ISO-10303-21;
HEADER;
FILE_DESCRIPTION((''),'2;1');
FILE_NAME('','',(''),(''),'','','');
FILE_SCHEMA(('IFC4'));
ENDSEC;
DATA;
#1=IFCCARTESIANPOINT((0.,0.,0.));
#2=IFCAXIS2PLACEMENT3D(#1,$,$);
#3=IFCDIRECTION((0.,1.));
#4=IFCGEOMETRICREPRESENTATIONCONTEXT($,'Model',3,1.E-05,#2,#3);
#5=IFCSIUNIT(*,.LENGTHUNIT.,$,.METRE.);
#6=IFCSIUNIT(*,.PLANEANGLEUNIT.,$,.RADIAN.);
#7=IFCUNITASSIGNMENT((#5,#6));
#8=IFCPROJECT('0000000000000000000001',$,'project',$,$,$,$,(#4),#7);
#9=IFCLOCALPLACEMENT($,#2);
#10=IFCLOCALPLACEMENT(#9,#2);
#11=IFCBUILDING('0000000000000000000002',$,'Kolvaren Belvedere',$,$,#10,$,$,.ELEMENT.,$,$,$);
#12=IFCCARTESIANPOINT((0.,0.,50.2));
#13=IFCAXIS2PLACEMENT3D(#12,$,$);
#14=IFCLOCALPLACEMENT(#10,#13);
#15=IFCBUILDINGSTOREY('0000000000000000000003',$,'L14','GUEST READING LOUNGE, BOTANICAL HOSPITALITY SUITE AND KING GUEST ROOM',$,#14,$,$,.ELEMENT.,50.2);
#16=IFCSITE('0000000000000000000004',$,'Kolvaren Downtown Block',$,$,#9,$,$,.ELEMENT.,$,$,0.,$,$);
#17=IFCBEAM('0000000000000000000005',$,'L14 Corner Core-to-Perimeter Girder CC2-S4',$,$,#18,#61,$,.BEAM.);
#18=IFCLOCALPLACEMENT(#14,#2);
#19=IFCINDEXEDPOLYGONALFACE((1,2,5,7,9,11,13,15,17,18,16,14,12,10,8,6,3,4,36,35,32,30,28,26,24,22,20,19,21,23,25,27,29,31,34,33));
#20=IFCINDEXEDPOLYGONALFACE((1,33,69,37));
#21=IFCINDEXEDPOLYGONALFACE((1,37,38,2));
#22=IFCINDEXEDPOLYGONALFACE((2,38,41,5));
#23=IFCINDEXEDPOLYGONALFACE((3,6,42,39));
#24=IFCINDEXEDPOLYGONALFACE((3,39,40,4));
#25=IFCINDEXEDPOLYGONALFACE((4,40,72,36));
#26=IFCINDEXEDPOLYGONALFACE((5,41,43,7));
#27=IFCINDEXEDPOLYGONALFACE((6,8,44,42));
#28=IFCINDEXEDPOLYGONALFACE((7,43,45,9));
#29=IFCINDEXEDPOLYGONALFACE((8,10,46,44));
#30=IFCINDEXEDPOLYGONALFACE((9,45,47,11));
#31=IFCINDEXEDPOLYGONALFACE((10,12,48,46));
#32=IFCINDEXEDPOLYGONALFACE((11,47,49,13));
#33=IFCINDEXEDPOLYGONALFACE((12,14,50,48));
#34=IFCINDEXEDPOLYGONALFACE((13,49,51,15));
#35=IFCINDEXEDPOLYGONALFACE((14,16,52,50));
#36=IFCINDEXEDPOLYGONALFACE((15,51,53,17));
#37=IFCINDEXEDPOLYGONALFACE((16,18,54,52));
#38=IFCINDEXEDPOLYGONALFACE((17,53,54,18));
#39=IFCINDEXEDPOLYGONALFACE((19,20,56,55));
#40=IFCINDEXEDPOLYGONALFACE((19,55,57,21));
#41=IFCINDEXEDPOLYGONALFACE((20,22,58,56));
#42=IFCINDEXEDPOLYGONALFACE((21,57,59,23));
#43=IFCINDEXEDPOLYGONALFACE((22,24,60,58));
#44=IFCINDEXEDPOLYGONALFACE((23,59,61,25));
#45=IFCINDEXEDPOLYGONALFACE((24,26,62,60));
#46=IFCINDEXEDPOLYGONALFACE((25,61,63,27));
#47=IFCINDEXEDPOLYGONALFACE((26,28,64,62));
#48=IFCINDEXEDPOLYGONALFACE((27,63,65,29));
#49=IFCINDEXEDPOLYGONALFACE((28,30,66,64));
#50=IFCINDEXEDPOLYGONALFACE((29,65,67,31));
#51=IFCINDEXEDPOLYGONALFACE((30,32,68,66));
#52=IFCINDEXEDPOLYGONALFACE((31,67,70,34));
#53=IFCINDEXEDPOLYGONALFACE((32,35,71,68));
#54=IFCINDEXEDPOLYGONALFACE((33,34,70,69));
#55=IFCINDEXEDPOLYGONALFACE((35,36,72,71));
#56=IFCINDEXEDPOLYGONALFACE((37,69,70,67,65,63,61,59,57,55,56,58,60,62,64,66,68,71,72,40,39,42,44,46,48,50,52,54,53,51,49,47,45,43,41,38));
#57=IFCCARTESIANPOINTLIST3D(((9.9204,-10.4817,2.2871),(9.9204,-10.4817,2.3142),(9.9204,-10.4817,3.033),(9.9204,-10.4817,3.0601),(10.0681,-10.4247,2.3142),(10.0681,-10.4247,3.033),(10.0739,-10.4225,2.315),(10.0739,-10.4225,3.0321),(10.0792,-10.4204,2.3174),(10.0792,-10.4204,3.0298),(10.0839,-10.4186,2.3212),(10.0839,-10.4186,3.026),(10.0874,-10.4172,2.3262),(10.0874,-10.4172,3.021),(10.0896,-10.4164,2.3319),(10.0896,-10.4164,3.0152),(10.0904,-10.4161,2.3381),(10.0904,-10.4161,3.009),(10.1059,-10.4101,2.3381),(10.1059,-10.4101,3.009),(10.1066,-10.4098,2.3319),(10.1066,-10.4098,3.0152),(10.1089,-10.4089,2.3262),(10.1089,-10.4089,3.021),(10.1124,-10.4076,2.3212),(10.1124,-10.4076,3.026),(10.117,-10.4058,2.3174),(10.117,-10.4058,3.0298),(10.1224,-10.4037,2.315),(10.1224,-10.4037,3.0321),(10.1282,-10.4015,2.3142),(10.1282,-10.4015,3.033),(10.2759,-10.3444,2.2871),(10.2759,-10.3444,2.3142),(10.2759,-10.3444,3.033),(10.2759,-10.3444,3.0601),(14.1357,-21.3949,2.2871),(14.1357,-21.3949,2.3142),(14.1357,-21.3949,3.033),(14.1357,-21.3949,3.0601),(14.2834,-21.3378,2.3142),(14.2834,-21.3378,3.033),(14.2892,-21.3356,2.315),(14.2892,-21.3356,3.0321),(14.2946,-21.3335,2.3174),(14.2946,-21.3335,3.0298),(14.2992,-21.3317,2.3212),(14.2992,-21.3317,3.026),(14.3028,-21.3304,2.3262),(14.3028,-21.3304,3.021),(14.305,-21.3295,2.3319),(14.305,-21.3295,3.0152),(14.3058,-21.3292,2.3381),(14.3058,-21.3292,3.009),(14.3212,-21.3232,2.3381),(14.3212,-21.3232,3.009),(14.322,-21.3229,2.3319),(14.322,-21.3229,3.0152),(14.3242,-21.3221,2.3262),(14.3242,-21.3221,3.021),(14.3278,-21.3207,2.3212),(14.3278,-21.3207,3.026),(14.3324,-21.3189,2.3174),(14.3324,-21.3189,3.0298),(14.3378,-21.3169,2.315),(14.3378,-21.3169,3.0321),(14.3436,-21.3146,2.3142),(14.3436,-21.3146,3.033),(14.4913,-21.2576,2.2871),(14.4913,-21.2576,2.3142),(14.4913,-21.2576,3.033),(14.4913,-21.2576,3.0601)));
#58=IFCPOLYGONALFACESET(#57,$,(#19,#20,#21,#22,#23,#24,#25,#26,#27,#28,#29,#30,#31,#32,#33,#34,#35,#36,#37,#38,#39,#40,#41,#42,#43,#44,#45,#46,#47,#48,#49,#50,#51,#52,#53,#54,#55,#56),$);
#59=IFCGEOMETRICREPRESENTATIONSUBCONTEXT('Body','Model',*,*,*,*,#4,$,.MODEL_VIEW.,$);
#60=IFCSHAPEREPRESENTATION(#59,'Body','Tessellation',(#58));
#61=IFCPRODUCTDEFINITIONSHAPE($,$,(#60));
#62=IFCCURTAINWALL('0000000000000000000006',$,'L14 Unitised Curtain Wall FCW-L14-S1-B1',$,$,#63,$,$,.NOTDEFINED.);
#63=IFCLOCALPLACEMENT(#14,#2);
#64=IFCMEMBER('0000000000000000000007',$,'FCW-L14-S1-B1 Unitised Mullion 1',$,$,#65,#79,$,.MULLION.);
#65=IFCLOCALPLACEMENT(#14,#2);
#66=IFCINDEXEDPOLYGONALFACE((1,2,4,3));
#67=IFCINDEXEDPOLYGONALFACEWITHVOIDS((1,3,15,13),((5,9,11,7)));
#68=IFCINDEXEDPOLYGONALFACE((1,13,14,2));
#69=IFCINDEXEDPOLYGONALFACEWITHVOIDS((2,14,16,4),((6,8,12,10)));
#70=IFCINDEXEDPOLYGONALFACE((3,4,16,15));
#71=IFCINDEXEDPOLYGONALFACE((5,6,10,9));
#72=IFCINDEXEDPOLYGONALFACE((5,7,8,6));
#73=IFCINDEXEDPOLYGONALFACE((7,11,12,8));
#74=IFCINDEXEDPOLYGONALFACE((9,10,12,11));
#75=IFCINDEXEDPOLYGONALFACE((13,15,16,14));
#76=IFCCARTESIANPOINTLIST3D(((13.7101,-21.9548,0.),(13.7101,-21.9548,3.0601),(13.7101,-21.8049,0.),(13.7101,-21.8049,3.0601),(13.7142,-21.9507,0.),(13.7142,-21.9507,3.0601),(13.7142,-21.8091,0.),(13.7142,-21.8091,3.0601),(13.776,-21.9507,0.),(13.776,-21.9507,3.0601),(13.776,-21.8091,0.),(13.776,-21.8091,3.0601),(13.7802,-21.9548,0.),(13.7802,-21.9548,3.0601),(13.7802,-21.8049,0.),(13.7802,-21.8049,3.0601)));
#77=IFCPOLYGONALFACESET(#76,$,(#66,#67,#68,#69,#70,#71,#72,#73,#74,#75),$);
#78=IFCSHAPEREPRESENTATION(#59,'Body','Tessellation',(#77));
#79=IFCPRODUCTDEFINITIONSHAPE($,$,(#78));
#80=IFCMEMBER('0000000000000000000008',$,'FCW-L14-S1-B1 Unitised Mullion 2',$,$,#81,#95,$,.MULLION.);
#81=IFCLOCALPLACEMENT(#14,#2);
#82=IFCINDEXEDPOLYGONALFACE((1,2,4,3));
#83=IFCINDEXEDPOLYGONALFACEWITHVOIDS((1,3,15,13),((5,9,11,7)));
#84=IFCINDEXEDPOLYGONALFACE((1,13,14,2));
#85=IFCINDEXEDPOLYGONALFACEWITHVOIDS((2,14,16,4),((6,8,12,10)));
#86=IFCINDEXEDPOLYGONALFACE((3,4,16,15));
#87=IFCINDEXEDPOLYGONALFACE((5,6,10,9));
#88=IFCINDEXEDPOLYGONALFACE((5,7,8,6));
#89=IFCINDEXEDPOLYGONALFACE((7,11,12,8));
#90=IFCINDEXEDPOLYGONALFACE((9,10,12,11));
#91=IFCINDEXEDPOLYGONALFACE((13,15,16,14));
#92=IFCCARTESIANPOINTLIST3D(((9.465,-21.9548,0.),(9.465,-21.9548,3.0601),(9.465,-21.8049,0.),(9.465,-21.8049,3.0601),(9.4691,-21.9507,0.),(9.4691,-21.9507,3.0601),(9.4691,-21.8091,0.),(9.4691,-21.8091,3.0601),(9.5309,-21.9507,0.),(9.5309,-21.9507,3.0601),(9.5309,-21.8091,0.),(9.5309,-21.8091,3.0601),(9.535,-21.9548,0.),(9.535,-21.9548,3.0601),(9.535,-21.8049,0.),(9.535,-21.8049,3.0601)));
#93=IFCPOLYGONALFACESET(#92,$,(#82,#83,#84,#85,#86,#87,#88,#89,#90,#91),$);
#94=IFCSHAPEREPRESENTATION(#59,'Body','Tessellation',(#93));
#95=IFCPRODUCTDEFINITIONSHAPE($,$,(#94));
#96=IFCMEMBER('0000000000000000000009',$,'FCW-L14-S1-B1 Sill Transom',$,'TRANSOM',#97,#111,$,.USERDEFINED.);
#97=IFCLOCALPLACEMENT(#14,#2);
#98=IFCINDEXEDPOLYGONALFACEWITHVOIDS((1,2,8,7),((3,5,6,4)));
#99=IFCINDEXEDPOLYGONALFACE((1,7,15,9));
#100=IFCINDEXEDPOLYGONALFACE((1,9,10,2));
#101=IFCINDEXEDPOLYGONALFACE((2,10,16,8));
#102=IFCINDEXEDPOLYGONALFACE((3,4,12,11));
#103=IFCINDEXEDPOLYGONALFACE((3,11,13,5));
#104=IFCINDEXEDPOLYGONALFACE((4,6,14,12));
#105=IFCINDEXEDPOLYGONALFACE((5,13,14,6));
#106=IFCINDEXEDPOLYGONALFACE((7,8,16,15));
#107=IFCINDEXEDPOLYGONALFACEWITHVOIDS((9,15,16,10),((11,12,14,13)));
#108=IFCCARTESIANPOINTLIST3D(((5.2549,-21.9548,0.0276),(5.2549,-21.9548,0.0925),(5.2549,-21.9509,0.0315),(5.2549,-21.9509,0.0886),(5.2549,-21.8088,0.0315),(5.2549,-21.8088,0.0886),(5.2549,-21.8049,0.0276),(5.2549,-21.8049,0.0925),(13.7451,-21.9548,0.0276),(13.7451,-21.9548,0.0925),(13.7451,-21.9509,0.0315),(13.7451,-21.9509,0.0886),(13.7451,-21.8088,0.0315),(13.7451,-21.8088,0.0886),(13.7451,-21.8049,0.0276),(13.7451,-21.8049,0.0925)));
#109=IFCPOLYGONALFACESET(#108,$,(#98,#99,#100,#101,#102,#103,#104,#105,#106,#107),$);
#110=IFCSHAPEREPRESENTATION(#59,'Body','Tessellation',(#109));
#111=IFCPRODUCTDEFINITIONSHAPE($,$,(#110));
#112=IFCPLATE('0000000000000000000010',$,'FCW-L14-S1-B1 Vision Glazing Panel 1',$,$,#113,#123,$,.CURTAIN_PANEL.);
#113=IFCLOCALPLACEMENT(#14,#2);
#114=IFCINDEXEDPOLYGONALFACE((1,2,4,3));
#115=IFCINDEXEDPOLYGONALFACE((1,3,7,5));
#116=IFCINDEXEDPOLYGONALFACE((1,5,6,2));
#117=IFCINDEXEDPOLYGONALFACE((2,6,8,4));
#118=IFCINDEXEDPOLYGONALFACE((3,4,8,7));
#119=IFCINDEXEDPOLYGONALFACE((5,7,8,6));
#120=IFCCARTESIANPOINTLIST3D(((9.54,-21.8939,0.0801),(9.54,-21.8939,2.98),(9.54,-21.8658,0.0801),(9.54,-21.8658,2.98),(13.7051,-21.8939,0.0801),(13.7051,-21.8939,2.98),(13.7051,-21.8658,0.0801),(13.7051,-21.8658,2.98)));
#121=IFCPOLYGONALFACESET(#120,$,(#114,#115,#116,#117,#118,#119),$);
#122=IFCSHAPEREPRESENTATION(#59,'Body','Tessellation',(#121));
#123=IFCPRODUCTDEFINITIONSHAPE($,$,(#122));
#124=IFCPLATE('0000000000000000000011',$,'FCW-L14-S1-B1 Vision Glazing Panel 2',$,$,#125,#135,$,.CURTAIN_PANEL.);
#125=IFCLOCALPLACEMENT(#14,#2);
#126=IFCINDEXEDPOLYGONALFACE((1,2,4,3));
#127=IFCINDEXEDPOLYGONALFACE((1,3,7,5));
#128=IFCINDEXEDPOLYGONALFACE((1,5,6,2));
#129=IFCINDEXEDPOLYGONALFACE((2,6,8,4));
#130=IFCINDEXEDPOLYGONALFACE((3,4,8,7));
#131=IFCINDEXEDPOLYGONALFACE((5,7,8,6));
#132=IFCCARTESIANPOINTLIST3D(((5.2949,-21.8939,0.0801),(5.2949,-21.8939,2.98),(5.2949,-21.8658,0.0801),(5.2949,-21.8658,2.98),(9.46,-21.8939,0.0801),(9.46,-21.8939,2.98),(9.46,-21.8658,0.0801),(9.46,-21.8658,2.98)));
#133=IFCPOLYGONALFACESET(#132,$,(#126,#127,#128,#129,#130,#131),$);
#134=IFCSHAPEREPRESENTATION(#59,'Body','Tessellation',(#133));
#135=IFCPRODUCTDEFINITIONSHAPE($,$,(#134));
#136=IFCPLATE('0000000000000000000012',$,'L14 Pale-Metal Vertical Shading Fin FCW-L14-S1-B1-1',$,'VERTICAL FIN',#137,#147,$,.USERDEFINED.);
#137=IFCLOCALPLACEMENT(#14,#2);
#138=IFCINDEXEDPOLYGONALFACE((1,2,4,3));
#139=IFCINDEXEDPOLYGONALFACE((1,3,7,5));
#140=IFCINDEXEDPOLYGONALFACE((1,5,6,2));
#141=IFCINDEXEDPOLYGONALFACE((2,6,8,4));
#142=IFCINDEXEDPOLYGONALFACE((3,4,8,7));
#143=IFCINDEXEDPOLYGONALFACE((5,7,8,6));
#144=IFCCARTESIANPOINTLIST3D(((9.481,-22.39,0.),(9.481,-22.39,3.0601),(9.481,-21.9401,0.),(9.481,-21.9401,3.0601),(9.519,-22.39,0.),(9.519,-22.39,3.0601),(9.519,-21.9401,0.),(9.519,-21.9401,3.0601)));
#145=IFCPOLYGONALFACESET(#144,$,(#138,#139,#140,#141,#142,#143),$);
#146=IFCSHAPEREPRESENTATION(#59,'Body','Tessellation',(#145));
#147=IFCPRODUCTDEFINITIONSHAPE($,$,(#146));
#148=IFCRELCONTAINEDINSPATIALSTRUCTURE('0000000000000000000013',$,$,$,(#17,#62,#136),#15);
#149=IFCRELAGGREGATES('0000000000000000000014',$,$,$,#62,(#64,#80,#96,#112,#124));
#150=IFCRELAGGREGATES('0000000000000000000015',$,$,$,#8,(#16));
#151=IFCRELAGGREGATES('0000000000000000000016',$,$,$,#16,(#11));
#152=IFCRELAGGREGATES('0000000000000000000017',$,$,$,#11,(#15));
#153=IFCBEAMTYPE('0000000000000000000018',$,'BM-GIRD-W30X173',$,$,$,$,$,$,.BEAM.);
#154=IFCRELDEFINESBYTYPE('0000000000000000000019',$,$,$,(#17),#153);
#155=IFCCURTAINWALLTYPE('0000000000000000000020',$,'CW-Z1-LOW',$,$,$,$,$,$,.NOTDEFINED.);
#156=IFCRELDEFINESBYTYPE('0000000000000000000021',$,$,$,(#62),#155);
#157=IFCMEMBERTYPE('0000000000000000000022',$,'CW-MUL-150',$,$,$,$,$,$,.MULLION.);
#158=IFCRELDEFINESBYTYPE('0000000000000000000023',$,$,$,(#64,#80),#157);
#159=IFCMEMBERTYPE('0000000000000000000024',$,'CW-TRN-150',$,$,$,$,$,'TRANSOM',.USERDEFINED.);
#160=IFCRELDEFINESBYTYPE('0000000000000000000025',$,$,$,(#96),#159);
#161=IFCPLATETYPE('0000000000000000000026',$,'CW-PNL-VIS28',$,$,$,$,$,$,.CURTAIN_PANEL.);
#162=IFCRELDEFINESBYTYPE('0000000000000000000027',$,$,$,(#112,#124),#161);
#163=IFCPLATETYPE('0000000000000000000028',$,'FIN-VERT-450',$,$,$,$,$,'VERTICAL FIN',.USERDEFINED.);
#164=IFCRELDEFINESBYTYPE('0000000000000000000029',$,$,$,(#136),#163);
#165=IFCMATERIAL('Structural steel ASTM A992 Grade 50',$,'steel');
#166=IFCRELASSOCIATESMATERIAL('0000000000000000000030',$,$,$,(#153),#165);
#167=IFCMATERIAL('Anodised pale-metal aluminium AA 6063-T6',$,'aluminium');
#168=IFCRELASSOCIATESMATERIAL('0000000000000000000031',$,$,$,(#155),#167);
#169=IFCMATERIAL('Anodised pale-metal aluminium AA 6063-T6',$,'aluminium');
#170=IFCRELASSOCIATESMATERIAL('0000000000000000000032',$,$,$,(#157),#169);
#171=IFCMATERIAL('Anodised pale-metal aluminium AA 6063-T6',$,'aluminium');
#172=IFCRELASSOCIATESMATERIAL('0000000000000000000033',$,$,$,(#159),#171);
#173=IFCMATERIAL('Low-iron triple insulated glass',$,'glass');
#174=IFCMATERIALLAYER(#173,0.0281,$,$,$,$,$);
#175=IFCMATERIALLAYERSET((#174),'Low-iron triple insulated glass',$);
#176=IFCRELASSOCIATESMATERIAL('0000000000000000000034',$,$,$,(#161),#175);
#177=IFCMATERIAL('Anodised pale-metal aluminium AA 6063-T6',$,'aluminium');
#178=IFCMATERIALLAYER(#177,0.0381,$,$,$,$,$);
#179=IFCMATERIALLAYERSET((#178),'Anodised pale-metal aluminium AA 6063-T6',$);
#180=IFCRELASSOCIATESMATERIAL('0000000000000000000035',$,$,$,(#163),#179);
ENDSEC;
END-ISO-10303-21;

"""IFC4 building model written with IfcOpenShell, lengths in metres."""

from ifc_helpers import new_model, si_unit, direction, frame, origin, origin_2d, place, context, subcontext, project, spatial, rectangle, hollow_rectangle, i_section, extrude, material, layer, layer_set, material_profile, profile_set, type_object, element, aggregate, save


model = new_model("IFC4")

# Units and contexts
model_context = context("Model", 3, precision=1e-05, world=origin(), true_north=direction((0.0, 1.0)))
body_context = subcontext(model_context, "Body", "Model", "MODEL_VIEW")
ifc_project = project(units=[si_unit("LENGTHUNIT", "METRE"), si_unit("PLANEANGLEUNIT", "RADIAN")], contexts=[model_context])

# Site, building, storey
site_placement = place(None, origin())
site = spatial("IfcSite", under=ifc_project, at=site_placement, Name="Kolvaren Downtown Block", CompositionType="ELEMENT", RefElevation=0.0)
building_placement = place(site_placement, origin())
building = spatial("IfcBuilding", under=site, at=building_placement, Name="Kolvaren Belvedere", CompositionType="ELEMENT")
storey_placement = place(building_placement, frame((0.0, 0.0, 50.2)))
storey = spatial("IfcBuildingStorey", under=building, at=storey_placement, Name="L14", Description="GUEST READING LOUNGE, BOTANICAL HOSPITALITY SUITE AND KING GUEST ROOM", CompositionType="ELEMENT", Elevation=50.2)

# Beam
ifc_material_1 = material(Name="Structural steel ASTM A992 Grade 50", Category="steel")
ifc_material_profile_1 = material_profile(ifc_material_1, i_section(OverallWidth=0.3811, OverallDepth=0.7729, WebThickness=0.0166, FlangeThickness=0.0271, FilletRadius=0.0239, at=origin_2d()), Name="W30X173")
ifc_profile_set_1 = profile_set([ifc_material_profile_1], Name="Structural steel ASTM A992 Grade 50")
beam_type = type_object("IfcBeamType", Name="BM-GIRD-W30X173", PredefinedType="BEAM", material=ifc_profile_set_1)
beam_placement = place(storey_placement, frame((10.0981, -10.4131, 2.6736), z_axis=(0.360318, -0.932829, 0.0), x_axis=(0.932829, 0.360318, 0.0)))
element("IfcBeam", 1, at=beam_placement, inside=storey, type_object=beam_type, Name="L14 Corner Core-to-Perimeter Girder CC2-S4", PredefinedType="BEAM", context=body_context, shape_type="SweptSolid", body=[
    extrude(i_section(OverallWidth=0.3811, OverallDepth=0.7729, WebThickness=0.0166, FlangeThickness=0.0271, FilletRadius=0.0239, at=origin_2d()), origin(), (0.0, 0.0, 1.0), 11.699),
])

# Curtain wall, members, plates
ifc_material_2 = material(Name="Anodised pale-metal aluminium AA 6063-T6", Category="aluminium")
curtain_wall_type = type_object("IfcCurtainWallType", Name="CW-Z1-LOW", PredefinedType="NOTDEFINED", material=ifc_material_2)
curtain_wall_placement = place(storey_placement, origin())
curtain_wall = element("IfcCurtainWall", 2, at=curtain_wall_placement, inside=storey, type_object=curtain_wall_type, Name="L14 Unitised Curtain Wall FCW-L14-S1-B1", PredefinedType="NOTDEFINED")
ifc_material_3 = material(Name="Anodised pale-metal aluminium AA 6063-T6", Category="aluminium")
ifc_material_profile_2 = material_profile(ifc_material_3, hollow_rectangle(XDim=0.0701, YDim=0.1499, WallThickness=0.0042, at=origin_2d()), Name="ALU-MUL-150X70")
ifc_profile_set_2 = profile_set([ifc_material_profile_2], Name="Anodised pale-metal aluminium AA 6063-T6")
member_type_1 = type_object("IfcMemberType", Name="CW-MUL-150", PredefinedType="MULLION", material=ifc_profile_set_2)
member_1_placement = place(storey_placement, frame((13.7451, -21.8799, 0.0), z_axis=(0.0, 0.0, 1.0), x_axis=(1.0, 0.0, 0.0)))
member_1 = element("IfcMember", 3, at=member_1_placement, type_object=member_type_1, Name="FCW-L14-S1-B1 Unitised Mullion 1", PredefinedType="MULLION", context=body_context, shape_type="SweptSolid", body=[
    extrude(hollow_rectangle(XDim=0.0701, YDim=0.1499, WallThickness=0.0042, at=origin_2d()), origin(), (0.0, 0.0, 1.0), 3.0601),
])
member_2_placement = place(storey_placement, frame((9.5, -21.8799, 0.0), z_axis=(0.0, 0.0, 1.0), x_axis=(1.0, 0.0, 0.0)))
member_2 = element("IfcMember", 4, at=member_2_placement, type_object=member_type_1, Name="FCW-L14-S1-B1 Unitised Mullion 2", PredefinedType="MULLION", context=body_context, shape_type="SweptSolid", body=[
    extrude(hollow_rectangle(XDim=0.0701, YDim=0.1499, WallThickness=0.0042, at=origin_2d()), origin(), (0.0, 0.0, 1.0), 3.0601),
])
ifc_material_4 = material(Name="Anodised pale-metal aluminium AA 6063-T6", Category="aluminium")
ifc_material_profile_3 = material_profile(ifc_material_4, hollow_rectangle(XDim=0.0649, YDim=0.1499, WallThickness=0.0039, at=origin_2d()), Name="ALU-TRN-150X65")
ifc_profile_set_3 = profile_set([ifc_material_profile_3], Name="Anodised pale-metal aluminium AA 6063-T6")
member_type_2 = type_object("IfcMemberType", Name="CW-TRN-150", ElementType="TRANSOM", PredefinedType="USERDEFINED", material=ifc_profile_set_3)
member_3_placement = place(storey_placement, frame((13.7451, -21.8799, 0.0601), z_axis=(-1.0, 0.0, 0.0), x_axis=(0.0, 0.0, 1.0)))
member_3 = element("IfcMember", 5, at=member_3_placement, type_object=member_type_2, Name="FCW-L14-S1-B1 Sill Transom", ObjectType="TRANSOM", PredefinedType="USERDEFINED", context=body_context, shape_type="SweptSolid", body=[
    extrude(hollow_rectangle(XDim=0.0649, YDim=0.1499, WallThickness=0.0039, at=origin_2d()), origin(), (0.0, 0.0, 1.0), 8.4902),
])
ifc_material_5 = material(Name="Low-iron triple insulated glass", Category="glass")
ifc_layer_1 = layer(ifc_material_5, 0.0281)
ifc_layer_set_1 = layer_set([ifc_layer_1], Name="Low-iron triple insulated glass")
plate_type_1 = type_object("IfcPlateType", Name="CW-PNL-VIS28", PredefinedType="CURTAIN_PANEL", material=ifc_layer_set_1)
plate_1_placement = place(storey_placement, frame((11.6226, -21.8799, 0.0801), z_axis=(0.0, 0.0, 1.0), x_axis=(-1.0, 0.0, 0.0)))
plate_1 = element("IfcPlate", 6, at=plate_1_placement, type_object=plate_type_1, Name="FCW-L14-S1-B1 Vision Glazing Panel 1", PredefinedType="CURTAIN_PANEL", context=body_context, shape_type="SweptSolid", body=[
    extrude(rectangle(XDim=4.165, YDim=0.0281, at=origin_2d()), origin(), (0.0, 0.0, 1.0), 2.8999),
])
plate_2_placement = place(storey_placement, frame((7.3774, -21.8799, 0.0801), z_axis=(0.0, 0.0, 1.0), x_axis=(-1.0, 0.0, 0.0)))
plate_2 = element("IfcPlate", 7, at=plate_2_placement, type_object=plate_type_1, Name="FCW-L14-S1-B1 Vision Glazing Panel 2", PredefinedType="CURTAIN_PANEL", context=body_context, shape_type="SweptSolid", body=[
    extrude(rectangle(XDim=4.165, YDim=0.0281, at=origin_2d()), origin(), (0.0, 0.0, 1.0), 2.8999),
])
aggregate(curtain_wall, [member_1, member_2, member_3, plate_1, plate_2])

# Plate
ifc_material_6 = material(Name="Anodised pale-metal aluminium AA 6063-T6", Category="aluminium")
ifc_layer_2 = layer(ifc_material_6, 0.0381)
ifc_layer_set_2 = layer_set([ifc_layer_2], Name="Anodised pale-metal aluminium AA 6063-T6")
plate_type_2 = type_object("IfcPlateType", Name="FIN-VERT-450", ElementType="VERTICAL FIN", PredefinedType="USERDEFINED", material=ifc_layer_set_2)
plate_3_placement = place(storey_placement, frame((9.5, -22.165, 0.0), z_axis=(0.0, 0.0, 1.0), x_axis=(0.0, 1.0, 0.0)))
element("IfcPlate", 8, at=plate_3_placement, inside=storey, type_object=plate_type_2, Name="L14 Pale-Metal Vertical Shading Fin FCW-L14-S1-B1-1", ObjectType="VERTICAL FIN", PredefinedType="USERDEFINED", context=body_context, shape_type="SweptSolid", body=[
    extrude(rectangle(XDim=0.45, YDim=0.0381, at=origin_2d()), origin(), (0.0, 0.0, 1.0), 3.0601),
])

save(model, "model.ifc")
